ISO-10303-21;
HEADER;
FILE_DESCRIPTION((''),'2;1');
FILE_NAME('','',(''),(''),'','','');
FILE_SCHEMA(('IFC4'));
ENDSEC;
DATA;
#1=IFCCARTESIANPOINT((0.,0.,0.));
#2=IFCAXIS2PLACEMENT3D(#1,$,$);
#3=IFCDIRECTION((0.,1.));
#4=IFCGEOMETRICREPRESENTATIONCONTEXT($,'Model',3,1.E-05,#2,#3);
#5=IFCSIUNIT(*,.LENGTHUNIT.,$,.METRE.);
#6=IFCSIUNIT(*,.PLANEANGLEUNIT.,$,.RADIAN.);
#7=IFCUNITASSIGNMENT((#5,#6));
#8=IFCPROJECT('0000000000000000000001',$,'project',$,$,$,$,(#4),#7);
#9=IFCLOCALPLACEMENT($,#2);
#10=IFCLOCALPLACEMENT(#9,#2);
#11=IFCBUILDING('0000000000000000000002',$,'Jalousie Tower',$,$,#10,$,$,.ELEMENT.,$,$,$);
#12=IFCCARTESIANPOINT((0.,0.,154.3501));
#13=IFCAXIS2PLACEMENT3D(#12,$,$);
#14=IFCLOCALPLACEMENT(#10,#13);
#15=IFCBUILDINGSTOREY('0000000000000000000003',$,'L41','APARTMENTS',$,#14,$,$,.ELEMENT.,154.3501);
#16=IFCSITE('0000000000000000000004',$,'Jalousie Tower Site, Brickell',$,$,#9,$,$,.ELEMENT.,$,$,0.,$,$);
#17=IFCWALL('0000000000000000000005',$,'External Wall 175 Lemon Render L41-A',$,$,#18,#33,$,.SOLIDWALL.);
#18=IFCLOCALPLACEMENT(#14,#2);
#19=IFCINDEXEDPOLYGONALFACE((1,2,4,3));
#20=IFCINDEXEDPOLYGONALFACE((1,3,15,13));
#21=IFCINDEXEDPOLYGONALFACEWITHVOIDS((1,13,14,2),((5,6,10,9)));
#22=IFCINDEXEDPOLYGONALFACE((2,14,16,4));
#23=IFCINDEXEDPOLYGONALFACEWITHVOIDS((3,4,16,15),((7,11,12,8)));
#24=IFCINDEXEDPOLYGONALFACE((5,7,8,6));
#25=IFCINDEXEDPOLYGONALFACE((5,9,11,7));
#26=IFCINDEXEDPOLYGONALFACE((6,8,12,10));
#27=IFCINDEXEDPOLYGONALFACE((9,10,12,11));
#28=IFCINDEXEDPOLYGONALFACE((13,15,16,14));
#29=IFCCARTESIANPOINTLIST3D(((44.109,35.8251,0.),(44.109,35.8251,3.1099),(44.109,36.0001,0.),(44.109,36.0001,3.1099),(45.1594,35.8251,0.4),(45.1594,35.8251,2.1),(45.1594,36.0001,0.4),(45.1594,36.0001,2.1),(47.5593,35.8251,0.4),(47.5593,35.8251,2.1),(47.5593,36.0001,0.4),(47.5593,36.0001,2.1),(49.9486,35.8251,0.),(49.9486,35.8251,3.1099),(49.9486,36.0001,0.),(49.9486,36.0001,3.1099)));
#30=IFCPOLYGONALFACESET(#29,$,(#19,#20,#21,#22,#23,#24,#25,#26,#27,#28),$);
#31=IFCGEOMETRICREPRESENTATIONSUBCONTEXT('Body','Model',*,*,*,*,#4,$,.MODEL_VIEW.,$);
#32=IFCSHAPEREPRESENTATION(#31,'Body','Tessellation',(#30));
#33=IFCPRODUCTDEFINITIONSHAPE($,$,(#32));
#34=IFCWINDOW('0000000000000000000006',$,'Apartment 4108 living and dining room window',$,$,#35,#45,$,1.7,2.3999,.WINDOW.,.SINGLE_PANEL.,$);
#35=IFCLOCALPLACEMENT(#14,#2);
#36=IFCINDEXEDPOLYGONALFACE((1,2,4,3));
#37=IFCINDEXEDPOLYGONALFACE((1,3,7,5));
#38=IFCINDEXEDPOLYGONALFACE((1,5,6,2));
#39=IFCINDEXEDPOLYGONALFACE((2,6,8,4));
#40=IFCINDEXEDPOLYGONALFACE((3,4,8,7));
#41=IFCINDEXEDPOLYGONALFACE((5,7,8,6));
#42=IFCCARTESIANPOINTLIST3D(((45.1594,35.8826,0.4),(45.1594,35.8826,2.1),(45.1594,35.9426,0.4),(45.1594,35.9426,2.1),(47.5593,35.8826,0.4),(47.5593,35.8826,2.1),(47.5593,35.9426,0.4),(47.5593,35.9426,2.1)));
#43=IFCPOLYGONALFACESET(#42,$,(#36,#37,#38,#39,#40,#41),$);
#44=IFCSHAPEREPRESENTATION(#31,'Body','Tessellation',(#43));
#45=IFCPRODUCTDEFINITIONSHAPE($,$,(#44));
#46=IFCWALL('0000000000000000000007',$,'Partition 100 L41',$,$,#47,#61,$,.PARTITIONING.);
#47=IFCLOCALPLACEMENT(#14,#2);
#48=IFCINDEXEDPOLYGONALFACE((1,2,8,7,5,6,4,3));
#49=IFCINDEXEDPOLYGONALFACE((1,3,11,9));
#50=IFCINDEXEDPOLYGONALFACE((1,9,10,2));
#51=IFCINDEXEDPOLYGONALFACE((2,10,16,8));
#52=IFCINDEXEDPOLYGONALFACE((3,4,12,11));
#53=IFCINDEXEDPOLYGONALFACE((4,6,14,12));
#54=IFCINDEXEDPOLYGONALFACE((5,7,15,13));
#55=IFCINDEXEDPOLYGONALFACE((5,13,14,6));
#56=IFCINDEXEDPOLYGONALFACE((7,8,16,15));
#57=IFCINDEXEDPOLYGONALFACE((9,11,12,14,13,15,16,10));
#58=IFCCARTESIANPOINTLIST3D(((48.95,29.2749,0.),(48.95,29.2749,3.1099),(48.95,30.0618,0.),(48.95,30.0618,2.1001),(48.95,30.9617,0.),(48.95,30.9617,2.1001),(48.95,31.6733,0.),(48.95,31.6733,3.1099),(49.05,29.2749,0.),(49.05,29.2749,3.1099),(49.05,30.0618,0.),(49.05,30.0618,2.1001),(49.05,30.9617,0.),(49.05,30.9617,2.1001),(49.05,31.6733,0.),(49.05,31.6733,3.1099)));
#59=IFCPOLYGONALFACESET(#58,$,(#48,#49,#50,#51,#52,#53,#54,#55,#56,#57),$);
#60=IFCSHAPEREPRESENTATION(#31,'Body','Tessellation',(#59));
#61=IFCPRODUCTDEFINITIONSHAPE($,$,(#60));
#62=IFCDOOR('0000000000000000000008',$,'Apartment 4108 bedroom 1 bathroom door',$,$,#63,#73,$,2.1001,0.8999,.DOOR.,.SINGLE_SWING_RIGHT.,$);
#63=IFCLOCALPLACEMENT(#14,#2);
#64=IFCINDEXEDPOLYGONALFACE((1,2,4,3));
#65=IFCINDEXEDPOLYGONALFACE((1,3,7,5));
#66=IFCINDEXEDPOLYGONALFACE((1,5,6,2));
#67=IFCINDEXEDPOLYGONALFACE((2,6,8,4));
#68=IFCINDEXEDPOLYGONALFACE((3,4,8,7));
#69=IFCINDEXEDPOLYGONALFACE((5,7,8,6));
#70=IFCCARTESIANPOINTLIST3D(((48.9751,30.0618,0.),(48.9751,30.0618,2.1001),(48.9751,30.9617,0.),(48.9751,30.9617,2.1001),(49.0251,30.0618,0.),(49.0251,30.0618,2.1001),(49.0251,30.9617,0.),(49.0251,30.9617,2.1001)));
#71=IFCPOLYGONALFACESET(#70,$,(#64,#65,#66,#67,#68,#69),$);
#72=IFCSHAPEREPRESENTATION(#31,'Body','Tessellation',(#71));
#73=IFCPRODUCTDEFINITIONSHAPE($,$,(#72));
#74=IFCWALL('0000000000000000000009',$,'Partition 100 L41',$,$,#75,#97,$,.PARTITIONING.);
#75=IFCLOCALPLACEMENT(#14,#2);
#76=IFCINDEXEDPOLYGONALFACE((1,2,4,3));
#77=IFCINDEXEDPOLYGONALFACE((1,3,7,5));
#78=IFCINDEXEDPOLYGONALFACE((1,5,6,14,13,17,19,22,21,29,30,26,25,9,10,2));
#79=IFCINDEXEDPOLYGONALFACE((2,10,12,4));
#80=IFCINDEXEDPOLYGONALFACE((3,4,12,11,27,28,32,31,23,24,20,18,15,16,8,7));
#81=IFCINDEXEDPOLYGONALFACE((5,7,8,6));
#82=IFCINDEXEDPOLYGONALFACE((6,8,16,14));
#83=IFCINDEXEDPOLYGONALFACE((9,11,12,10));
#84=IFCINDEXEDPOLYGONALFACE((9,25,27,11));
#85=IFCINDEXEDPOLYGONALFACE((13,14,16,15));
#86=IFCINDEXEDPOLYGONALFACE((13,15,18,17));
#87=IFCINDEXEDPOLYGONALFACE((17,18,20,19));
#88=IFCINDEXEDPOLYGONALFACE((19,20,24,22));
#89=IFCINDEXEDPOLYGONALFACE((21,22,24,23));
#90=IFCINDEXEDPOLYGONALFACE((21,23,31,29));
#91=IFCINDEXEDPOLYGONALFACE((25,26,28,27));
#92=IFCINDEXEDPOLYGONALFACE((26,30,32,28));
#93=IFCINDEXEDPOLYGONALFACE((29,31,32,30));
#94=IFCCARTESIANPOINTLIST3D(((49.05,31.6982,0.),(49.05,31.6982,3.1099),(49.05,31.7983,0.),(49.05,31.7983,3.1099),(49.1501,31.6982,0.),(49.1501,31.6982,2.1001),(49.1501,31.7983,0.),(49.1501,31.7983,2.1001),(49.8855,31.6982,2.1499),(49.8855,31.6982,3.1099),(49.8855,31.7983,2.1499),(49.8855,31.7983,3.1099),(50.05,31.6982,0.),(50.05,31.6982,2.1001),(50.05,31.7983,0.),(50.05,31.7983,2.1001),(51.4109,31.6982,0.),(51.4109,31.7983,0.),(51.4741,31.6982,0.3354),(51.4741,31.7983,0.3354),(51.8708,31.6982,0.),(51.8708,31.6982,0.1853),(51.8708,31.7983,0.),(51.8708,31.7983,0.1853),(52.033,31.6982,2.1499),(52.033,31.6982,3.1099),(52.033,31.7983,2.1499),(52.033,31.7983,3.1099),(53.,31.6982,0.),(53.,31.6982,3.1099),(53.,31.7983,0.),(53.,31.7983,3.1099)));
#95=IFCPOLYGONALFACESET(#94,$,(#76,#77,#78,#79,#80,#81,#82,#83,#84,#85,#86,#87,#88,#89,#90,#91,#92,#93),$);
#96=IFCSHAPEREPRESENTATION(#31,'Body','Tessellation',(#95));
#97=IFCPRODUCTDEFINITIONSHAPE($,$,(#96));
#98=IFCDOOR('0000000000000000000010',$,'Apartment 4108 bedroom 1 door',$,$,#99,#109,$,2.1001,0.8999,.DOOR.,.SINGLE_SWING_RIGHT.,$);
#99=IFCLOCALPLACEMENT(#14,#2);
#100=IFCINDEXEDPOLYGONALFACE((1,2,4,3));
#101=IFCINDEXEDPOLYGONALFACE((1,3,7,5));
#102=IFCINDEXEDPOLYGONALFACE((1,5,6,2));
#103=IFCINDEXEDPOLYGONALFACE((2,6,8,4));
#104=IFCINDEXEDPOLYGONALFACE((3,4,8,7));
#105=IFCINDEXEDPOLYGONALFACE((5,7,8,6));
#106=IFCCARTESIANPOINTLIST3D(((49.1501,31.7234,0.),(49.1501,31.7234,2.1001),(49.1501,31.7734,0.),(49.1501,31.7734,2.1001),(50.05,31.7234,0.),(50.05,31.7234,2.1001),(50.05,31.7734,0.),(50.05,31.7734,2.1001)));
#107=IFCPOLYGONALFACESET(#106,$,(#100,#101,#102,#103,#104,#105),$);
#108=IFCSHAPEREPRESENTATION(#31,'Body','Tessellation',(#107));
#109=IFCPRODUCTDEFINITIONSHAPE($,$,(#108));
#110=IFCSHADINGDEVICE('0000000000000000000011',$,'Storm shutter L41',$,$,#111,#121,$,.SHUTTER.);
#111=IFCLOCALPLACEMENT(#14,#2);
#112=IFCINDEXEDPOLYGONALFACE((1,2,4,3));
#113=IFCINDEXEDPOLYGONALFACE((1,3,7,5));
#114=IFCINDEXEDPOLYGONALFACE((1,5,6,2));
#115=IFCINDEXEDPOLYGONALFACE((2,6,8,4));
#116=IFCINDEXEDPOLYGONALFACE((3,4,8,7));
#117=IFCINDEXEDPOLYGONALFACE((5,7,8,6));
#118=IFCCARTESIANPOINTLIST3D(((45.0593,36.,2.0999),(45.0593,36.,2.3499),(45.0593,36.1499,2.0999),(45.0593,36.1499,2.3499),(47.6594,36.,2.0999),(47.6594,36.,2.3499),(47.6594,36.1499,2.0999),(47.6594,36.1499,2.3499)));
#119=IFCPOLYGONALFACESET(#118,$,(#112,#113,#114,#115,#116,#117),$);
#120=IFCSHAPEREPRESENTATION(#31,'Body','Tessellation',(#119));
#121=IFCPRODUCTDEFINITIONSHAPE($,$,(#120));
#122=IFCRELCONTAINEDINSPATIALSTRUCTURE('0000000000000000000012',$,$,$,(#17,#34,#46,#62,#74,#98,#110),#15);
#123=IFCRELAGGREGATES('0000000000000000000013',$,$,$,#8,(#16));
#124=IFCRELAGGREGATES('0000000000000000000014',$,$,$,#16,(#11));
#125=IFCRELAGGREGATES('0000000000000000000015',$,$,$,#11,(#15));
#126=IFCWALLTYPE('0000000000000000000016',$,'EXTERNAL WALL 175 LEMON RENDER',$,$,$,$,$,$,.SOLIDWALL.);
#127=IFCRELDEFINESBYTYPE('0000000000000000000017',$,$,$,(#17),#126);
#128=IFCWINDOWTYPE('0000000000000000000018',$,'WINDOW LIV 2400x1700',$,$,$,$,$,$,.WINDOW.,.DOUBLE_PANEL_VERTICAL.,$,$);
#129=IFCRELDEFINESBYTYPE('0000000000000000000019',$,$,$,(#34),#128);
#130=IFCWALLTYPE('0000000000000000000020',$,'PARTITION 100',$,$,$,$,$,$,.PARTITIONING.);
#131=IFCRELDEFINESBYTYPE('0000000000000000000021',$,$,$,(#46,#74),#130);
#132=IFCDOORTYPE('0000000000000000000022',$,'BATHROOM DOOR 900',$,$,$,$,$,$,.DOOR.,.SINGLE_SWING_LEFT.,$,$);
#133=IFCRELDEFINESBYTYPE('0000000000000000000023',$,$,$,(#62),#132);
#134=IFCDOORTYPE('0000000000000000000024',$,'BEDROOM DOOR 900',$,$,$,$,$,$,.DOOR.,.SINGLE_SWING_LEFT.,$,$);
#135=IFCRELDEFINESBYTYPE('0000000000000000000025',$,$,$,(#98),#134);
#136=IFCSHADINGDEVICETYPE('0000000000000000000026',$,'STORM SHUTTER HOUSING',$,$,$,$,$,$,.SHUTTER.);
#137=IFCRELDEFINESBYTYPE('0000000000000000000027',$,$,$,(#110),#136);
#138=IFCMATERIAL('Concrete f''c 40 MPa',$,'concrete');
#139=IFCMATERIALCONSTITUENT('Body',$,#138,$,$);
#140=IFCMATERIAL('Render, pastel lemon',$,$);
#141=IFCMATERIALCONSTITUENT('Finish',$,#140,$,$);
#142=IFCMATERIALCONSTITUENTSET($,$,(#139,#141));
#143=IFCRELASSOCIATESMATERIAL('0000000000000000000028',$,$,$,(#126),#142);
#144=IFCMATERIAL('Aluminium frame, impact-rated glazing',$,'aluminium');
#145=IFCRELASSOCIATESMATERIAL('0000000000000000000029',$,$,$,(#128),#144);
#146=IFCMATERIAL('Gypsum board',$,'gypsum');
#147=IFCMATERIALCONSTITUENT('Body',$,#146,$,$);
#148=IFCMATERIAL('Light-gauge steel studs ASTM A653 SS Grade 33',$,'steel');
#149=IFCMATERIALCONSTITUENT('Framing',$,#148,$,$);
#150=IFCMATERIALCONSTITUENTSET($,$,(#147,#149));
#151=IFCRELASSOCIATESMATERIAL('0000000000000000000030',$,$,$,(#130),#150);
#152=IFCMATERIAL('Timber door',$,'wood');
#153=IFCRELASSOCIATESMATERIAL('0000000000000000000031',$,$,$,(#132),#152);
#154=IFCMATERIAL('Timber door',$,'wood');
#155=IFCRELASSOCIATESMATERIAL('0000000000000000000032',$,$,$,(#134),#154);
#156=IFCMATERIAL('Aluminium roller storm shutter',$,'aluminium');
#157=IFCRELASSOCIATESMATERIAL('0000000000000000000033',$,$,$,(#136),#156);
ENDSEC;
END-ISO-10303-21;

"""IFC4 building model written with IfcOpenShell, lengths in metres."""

from ifc_helpers import new_model, si_unit, direction, frame, frame_2d, origin, origin_2d, place, context, subcontext, project, spatial, polyline, rectangle, outline, extrude, material, constituent, constituent_set, type_object, element, fill, save


model = new_model("IFC4")

# Units and contexts
model_context = context("Model", 3, precision=1e-05, world=origin(), true_north=direction((0.0, 1.0)))
body_context = subcontext(model_context, "Body", "Model", "MODEL_VIEW")
ifc_project = project(units=[si_unit("LENGTHUNIT", "METRE"), si_unit("PLANEANGLEUNIT", "RADIAN")], contexts=[model_context])

# Site, building, storey
site_placement = place(None, origin())
site = spatial("IfcSite", under=ifc_project, at=site_placement, Name="Jalousie Tower Site, Brickell", CompositionType="ELEMENT", RefElevation=0.0)
building_placement = place(site_placement, origin())
building = spatial("IfcBuilding", under=site, at=building_placement, Name="Jalousie Tower", CompositionType="ELEMENT")
storey_placement = place(building_placement, frame((0.0, 0.0, 154.3501)))
storey = spatial("IfcBuildingStorey", under=building, at=storey_placement, Name="L41", Description="APARTMENTS", CompositionType="ELEMENT", Elevation=154.3501)

# Wall, opening, window
ifc_material_1 = material(Name="Concrete f'c 40 MPa", Category="concrete")
ifc_constituent_1 = constituent(ifc_material_1, Name="Body")
ifc_material_2 = material(Name="Render, pastel lemon")
ifc_constituent_2 = constituent(ifc_material_2, Name="Finish")
ifc_constituent_set_1 = constituent_set(constituents=[ifc_constituent_1, ifc_constituent_2])
wall_type_1 = type_object("IfcWallType", Name="EXTERNAL WALL 175 LEMON RENDER", PredefinedType="SOLIDWALL", material=ifc_constituent_set_1)
wall_1_placement = place(storey_placement, frame((49.9487, 35.9126, 0.0), z_axis=(0.0, 0.0, 1.0), x_axis=(-1.0, 0.0, 0.0)))
wall_1 = element("IfcWall", 1, at=wall_1_placement, inside=storey, type_object=wall_type_1, Name="External Wall 175 Lemon Render L41-A", PredefinedType="SOLIDWALL", context=body_context, shape_type="SweptSolid", body=[
    extrude(rectangle(XDim=5.8396, YDim=0.175, at=frame_2d((2.9199, 0.0))), origin(), (0.0, 0.0, 1.0), 3.1099),
])
opening_1_placement = place(wall_1_placement, frame((2.3894, 0.0, 0.3999)))
opening_1 = element("IfcOpeningElement", 2, at=opening_1_placement, cuts=wall_1, PredefinedType="OPENING", context=body_context, shape_type="SweptSolid", body=[
    extrude(rectangle(XDim=2.3999, YDim=1.7, at=frame_2d((1.2, 0.8501))), frame((0.0, 0.0974, 0.0), z_axis=(0.0, -1.0, 0.0), x_axis=(1.0, 0.0, 0.0)), (0.0, 0.0, 1.0), 0.1951),
])
ifc_material_3 = material(Name="Aluminium frame, impact-rated glazing", Category="aluminium")
window_type = type_object("IfcWindowType", Name="WINDOW LIV 2400x1700", PartitioningType="DOUBLE_PANEL_VERTICAL", PredefinedType="WINDOW", material=ifc_material_3)
window_placement = place(opening_1_placement, origin())
window = element("IfcWindow", 3, at=window_placement, inside=storey, type_object=window_type, Name="Apartment 4108 living and dining room window", OverallHeight=1.7, OverallWidth=2.3999, PartitioningType="SINGLE_PANEL", PredefinedType="WINDOW", context=body_context, shape_type="SweptSolid", body=[
    extrude(rectangle(XDim=2.3999, YDim=1.7, at=frame_2d((1.2, 0.8501))), frame((0.0, 0.03, 0.0), z_axis=(0.0, -1.0, 0.0), x_axis=(1.0, 0.0, 0.0)), (0.0, 0.0, 1.0), 0.0601),
])
fill(opening_1, window)

# Walls, openings, doors
ifc_material_4 = material(Name="Gypsum board", Category="gypsum")
ifc_constituent_3 = constituent(ifc_material_4, Name="Body")
ifc_material_5 = material(Name="Light-gauge steel studs ASTM A653 SS Grade 33", Category="steel")
ifc_constituent_4 = constituent(ifc_material_5, Name="Framing")
ifc_constituent_set_2 = constituent_set(constituents=[ifc_constituent_3, ifc_constituent_4])
wall_type_2 = type_object("IfcWallType", Name="PARTITION 100", PredefinedType="PARTITIONING", material=ifc_constituent_set_2)
wall_2_placement = place(storey_placement, frame((49.0, 31.6733, 0.0), z_axis=(0.0, 0.0, 1.0), x_axis=(0.0, -1.0, 0.0)))
wall_2 = element("IfcWall", 4, at=wall_2_placement, inside=storey, type_object=wall_type_2, Name="Partition 100 L41", PredefinedType="PARTITIONING", context=body_context, shape_type="SweptSolid", body=[
    extrude(rectangle(XDim=2.3984, YDim=0.1001, at=frame_2d((1.1992, 0.0))), origin(), (0.0, 0.0, 1.0), 3.1099),
])
opening_2_placement = place(wall_2_placement, frame((0.7117, 0.0, 0.0)))
opening_2 = element("IfcOpeningElement", 5, at=opening_2_placement, cuts=wall_2, PredefinedType="OPENING", context=body_context, shape_type="SweptSolid", body=[
    extrude(rectangle(XDim=0.8999, YDim=2.1001, at=frame_2d((0.45, 1.05))), frame((0.0, 0.0601, 0.0), z_axis=(0.0, -1.0, 0.0), x_axis=(1.0, 0.0, 0.0)), (0.0, 0.0, 1.0), 0.1201),
])
ifc_material_6 = material(Name="Timber door", Category="wood")
door_type_1 = type_object("IfcDoorType", Name="BATHROOM DOOR 900", OperationType="SINGLE_SWING_LEFT", PredefinedType="DOOR", material=ifc_material_6)
door_1_placement = place(opening_2_placement, frame((0.8999, 0.0, 0.0), z_axis=(0.0, 0.0, 1.0), x_axis=(-1.0, 0.0, 0.0)))
door_1 = element("IfcDoor", 6, at=door_1_placement, inside=storey, type_object=door_type_1, Name="Apartment 4108 bedroom 1 bathroom door", OperationType="SINGLE_SWING_RIGHT", OverallHeight=2.1001, OverallWidth=0.8999, PredefinedType="DOOR", context=body_context, shape_type="SweptSolid", body=[
    extrude(rectangle(XDim=0.8999, YDim=2.1001, at=frame_2d((0.45, 1.05))), frame((0.0, 0.0249, 0.0), z_axis=(0.0, -1.0, 0.0), x_axis=(1.0, 0.0, 0.0)), (0.0, 0.0, 1.0), 0.05),
])
fill(opening_2, door_1)
wall_3_placement = place(storey_placement, frame((49.05, 31.7483, 0.0), z_axis=(0.0, 0.0, 1.0), x_axis=(1.0, 0.0, 0.0)))
wall_3 = element("IfcWall", 7, at=wall_3_placement, inside=storey, type_object=wall_type_2, Name="Partition 100 L41", PredefinedType="PARTITIONING", context=body_context, shape_type="SweptSolid", body=[
    extrude(outline(polyline([(0.8354, 3.1099), (0.0, 3.1099), (0.0, 0.0), (2.3608, 0.0), (2.4241, 0.3354), (2.8208, 0.1853), (2.8208, 0.0), (3.95, 0.0), (3.95, 3.1099), (2.9829, 3.1099), (2.9829, 2.1499), (0.8354, 2.1499), (0.8354, 3.1099)])), frame((0.0, 0.05, 0.0), z_axis=(0.0, -1.0, 0.0), x_axis=(1.0, 0.0, 0.0)), (0.0, 0.0, 1.0), 0.1001),
])
opening_3_placement = place(wall_3_placement, frame((0.1001, 0.0, 0.0)))
opening_3 = element("IfcOpeningElement", 8, at=opening_3_placement, cuts=wall_3, PredefinedType="OPENING", context=body_context, shape_type="SweptSolid", body=[
    extrude(rectangle(XDim=0.8999, YDim=2.1001, at=frame_2d((0.45, 1.05))), frame((0.0, 0.0601, 0.0), z_axis=(0.0, -1.0, 0.0), x_axis=(1.0, 0.0, 0.0)), (0.0, 0.0, 1.0), 0.1201),
])
ifc_material_7 = material(Name="Timber door", Category="wood")
door_type_2 = type_object("IfcDoorType", Name="BEDROOM DOOR 900", OperationType="SINGLE_SWING_LEFT", PredefinedType="DOOR", material=ifc_material_7)
door_2_placement = place(opening_3_placement, frame((0.8999, 0.0, 0.0), z_axis=(0.0, 0.0, 1.0), x_axis=(-1.0, 0.0, 0.0)))
door_2 = element("IfcDoor", 9, at=door_2_placement, inside=storey, type_object=door_type_2, Name="Apartment 4108 bedroom 1 door", OperationType="SINGLE_SWING_RIGHT", OverallHeight=2.1001, OverallWidth=0.8999, PredefinedType="DOOR", context=body_context, shape_type="SweptSolid", body=[
    extrude(rectangle(XDim=0.8999, YDim=2.1001, at=frame_2d((0.45, 1.05))), frame((0.0, 0.0249, 0.0), z_axis=(0.0, -1.0, 0.0), x_axis=(1.0, 0.0, 0.0)), (0.0, 0.0, 1.0), 0.05),
])
fill(opening_3, door_2)

# Shading device
ifc_material_8 = material(Name="Aluminium roller storm shutter", Category="aluminium")
shading_device_type = type_object("IfcShadingDeviceType", Name="STORM SHUTTER HOUSING", PredefinedType="SHUTTER", material=ifc_material_8)
shading_device_placement = place(storey_placement, frame((46.3594, 36.075, 2.0999), z_axis=(0.0, 0.0, 1.0), x_axis=(-1.0, 0.0, 0.0)))
element("IfcShadingDevice", 10, at=shading_device_placement, inside=storey, type_object=shading_device_type, Name="Storm shutter L41", PredefinedType="SHUTTER", context=body_context, shape_type="SweptSolid", body=[
    extrude(rectangle(XDim=2.6001, YDim=0.1499, at=origin_2d()), origin(), (0.0, 0.0, 1.0), 0.25),
])

save(model, "model.ifc")
